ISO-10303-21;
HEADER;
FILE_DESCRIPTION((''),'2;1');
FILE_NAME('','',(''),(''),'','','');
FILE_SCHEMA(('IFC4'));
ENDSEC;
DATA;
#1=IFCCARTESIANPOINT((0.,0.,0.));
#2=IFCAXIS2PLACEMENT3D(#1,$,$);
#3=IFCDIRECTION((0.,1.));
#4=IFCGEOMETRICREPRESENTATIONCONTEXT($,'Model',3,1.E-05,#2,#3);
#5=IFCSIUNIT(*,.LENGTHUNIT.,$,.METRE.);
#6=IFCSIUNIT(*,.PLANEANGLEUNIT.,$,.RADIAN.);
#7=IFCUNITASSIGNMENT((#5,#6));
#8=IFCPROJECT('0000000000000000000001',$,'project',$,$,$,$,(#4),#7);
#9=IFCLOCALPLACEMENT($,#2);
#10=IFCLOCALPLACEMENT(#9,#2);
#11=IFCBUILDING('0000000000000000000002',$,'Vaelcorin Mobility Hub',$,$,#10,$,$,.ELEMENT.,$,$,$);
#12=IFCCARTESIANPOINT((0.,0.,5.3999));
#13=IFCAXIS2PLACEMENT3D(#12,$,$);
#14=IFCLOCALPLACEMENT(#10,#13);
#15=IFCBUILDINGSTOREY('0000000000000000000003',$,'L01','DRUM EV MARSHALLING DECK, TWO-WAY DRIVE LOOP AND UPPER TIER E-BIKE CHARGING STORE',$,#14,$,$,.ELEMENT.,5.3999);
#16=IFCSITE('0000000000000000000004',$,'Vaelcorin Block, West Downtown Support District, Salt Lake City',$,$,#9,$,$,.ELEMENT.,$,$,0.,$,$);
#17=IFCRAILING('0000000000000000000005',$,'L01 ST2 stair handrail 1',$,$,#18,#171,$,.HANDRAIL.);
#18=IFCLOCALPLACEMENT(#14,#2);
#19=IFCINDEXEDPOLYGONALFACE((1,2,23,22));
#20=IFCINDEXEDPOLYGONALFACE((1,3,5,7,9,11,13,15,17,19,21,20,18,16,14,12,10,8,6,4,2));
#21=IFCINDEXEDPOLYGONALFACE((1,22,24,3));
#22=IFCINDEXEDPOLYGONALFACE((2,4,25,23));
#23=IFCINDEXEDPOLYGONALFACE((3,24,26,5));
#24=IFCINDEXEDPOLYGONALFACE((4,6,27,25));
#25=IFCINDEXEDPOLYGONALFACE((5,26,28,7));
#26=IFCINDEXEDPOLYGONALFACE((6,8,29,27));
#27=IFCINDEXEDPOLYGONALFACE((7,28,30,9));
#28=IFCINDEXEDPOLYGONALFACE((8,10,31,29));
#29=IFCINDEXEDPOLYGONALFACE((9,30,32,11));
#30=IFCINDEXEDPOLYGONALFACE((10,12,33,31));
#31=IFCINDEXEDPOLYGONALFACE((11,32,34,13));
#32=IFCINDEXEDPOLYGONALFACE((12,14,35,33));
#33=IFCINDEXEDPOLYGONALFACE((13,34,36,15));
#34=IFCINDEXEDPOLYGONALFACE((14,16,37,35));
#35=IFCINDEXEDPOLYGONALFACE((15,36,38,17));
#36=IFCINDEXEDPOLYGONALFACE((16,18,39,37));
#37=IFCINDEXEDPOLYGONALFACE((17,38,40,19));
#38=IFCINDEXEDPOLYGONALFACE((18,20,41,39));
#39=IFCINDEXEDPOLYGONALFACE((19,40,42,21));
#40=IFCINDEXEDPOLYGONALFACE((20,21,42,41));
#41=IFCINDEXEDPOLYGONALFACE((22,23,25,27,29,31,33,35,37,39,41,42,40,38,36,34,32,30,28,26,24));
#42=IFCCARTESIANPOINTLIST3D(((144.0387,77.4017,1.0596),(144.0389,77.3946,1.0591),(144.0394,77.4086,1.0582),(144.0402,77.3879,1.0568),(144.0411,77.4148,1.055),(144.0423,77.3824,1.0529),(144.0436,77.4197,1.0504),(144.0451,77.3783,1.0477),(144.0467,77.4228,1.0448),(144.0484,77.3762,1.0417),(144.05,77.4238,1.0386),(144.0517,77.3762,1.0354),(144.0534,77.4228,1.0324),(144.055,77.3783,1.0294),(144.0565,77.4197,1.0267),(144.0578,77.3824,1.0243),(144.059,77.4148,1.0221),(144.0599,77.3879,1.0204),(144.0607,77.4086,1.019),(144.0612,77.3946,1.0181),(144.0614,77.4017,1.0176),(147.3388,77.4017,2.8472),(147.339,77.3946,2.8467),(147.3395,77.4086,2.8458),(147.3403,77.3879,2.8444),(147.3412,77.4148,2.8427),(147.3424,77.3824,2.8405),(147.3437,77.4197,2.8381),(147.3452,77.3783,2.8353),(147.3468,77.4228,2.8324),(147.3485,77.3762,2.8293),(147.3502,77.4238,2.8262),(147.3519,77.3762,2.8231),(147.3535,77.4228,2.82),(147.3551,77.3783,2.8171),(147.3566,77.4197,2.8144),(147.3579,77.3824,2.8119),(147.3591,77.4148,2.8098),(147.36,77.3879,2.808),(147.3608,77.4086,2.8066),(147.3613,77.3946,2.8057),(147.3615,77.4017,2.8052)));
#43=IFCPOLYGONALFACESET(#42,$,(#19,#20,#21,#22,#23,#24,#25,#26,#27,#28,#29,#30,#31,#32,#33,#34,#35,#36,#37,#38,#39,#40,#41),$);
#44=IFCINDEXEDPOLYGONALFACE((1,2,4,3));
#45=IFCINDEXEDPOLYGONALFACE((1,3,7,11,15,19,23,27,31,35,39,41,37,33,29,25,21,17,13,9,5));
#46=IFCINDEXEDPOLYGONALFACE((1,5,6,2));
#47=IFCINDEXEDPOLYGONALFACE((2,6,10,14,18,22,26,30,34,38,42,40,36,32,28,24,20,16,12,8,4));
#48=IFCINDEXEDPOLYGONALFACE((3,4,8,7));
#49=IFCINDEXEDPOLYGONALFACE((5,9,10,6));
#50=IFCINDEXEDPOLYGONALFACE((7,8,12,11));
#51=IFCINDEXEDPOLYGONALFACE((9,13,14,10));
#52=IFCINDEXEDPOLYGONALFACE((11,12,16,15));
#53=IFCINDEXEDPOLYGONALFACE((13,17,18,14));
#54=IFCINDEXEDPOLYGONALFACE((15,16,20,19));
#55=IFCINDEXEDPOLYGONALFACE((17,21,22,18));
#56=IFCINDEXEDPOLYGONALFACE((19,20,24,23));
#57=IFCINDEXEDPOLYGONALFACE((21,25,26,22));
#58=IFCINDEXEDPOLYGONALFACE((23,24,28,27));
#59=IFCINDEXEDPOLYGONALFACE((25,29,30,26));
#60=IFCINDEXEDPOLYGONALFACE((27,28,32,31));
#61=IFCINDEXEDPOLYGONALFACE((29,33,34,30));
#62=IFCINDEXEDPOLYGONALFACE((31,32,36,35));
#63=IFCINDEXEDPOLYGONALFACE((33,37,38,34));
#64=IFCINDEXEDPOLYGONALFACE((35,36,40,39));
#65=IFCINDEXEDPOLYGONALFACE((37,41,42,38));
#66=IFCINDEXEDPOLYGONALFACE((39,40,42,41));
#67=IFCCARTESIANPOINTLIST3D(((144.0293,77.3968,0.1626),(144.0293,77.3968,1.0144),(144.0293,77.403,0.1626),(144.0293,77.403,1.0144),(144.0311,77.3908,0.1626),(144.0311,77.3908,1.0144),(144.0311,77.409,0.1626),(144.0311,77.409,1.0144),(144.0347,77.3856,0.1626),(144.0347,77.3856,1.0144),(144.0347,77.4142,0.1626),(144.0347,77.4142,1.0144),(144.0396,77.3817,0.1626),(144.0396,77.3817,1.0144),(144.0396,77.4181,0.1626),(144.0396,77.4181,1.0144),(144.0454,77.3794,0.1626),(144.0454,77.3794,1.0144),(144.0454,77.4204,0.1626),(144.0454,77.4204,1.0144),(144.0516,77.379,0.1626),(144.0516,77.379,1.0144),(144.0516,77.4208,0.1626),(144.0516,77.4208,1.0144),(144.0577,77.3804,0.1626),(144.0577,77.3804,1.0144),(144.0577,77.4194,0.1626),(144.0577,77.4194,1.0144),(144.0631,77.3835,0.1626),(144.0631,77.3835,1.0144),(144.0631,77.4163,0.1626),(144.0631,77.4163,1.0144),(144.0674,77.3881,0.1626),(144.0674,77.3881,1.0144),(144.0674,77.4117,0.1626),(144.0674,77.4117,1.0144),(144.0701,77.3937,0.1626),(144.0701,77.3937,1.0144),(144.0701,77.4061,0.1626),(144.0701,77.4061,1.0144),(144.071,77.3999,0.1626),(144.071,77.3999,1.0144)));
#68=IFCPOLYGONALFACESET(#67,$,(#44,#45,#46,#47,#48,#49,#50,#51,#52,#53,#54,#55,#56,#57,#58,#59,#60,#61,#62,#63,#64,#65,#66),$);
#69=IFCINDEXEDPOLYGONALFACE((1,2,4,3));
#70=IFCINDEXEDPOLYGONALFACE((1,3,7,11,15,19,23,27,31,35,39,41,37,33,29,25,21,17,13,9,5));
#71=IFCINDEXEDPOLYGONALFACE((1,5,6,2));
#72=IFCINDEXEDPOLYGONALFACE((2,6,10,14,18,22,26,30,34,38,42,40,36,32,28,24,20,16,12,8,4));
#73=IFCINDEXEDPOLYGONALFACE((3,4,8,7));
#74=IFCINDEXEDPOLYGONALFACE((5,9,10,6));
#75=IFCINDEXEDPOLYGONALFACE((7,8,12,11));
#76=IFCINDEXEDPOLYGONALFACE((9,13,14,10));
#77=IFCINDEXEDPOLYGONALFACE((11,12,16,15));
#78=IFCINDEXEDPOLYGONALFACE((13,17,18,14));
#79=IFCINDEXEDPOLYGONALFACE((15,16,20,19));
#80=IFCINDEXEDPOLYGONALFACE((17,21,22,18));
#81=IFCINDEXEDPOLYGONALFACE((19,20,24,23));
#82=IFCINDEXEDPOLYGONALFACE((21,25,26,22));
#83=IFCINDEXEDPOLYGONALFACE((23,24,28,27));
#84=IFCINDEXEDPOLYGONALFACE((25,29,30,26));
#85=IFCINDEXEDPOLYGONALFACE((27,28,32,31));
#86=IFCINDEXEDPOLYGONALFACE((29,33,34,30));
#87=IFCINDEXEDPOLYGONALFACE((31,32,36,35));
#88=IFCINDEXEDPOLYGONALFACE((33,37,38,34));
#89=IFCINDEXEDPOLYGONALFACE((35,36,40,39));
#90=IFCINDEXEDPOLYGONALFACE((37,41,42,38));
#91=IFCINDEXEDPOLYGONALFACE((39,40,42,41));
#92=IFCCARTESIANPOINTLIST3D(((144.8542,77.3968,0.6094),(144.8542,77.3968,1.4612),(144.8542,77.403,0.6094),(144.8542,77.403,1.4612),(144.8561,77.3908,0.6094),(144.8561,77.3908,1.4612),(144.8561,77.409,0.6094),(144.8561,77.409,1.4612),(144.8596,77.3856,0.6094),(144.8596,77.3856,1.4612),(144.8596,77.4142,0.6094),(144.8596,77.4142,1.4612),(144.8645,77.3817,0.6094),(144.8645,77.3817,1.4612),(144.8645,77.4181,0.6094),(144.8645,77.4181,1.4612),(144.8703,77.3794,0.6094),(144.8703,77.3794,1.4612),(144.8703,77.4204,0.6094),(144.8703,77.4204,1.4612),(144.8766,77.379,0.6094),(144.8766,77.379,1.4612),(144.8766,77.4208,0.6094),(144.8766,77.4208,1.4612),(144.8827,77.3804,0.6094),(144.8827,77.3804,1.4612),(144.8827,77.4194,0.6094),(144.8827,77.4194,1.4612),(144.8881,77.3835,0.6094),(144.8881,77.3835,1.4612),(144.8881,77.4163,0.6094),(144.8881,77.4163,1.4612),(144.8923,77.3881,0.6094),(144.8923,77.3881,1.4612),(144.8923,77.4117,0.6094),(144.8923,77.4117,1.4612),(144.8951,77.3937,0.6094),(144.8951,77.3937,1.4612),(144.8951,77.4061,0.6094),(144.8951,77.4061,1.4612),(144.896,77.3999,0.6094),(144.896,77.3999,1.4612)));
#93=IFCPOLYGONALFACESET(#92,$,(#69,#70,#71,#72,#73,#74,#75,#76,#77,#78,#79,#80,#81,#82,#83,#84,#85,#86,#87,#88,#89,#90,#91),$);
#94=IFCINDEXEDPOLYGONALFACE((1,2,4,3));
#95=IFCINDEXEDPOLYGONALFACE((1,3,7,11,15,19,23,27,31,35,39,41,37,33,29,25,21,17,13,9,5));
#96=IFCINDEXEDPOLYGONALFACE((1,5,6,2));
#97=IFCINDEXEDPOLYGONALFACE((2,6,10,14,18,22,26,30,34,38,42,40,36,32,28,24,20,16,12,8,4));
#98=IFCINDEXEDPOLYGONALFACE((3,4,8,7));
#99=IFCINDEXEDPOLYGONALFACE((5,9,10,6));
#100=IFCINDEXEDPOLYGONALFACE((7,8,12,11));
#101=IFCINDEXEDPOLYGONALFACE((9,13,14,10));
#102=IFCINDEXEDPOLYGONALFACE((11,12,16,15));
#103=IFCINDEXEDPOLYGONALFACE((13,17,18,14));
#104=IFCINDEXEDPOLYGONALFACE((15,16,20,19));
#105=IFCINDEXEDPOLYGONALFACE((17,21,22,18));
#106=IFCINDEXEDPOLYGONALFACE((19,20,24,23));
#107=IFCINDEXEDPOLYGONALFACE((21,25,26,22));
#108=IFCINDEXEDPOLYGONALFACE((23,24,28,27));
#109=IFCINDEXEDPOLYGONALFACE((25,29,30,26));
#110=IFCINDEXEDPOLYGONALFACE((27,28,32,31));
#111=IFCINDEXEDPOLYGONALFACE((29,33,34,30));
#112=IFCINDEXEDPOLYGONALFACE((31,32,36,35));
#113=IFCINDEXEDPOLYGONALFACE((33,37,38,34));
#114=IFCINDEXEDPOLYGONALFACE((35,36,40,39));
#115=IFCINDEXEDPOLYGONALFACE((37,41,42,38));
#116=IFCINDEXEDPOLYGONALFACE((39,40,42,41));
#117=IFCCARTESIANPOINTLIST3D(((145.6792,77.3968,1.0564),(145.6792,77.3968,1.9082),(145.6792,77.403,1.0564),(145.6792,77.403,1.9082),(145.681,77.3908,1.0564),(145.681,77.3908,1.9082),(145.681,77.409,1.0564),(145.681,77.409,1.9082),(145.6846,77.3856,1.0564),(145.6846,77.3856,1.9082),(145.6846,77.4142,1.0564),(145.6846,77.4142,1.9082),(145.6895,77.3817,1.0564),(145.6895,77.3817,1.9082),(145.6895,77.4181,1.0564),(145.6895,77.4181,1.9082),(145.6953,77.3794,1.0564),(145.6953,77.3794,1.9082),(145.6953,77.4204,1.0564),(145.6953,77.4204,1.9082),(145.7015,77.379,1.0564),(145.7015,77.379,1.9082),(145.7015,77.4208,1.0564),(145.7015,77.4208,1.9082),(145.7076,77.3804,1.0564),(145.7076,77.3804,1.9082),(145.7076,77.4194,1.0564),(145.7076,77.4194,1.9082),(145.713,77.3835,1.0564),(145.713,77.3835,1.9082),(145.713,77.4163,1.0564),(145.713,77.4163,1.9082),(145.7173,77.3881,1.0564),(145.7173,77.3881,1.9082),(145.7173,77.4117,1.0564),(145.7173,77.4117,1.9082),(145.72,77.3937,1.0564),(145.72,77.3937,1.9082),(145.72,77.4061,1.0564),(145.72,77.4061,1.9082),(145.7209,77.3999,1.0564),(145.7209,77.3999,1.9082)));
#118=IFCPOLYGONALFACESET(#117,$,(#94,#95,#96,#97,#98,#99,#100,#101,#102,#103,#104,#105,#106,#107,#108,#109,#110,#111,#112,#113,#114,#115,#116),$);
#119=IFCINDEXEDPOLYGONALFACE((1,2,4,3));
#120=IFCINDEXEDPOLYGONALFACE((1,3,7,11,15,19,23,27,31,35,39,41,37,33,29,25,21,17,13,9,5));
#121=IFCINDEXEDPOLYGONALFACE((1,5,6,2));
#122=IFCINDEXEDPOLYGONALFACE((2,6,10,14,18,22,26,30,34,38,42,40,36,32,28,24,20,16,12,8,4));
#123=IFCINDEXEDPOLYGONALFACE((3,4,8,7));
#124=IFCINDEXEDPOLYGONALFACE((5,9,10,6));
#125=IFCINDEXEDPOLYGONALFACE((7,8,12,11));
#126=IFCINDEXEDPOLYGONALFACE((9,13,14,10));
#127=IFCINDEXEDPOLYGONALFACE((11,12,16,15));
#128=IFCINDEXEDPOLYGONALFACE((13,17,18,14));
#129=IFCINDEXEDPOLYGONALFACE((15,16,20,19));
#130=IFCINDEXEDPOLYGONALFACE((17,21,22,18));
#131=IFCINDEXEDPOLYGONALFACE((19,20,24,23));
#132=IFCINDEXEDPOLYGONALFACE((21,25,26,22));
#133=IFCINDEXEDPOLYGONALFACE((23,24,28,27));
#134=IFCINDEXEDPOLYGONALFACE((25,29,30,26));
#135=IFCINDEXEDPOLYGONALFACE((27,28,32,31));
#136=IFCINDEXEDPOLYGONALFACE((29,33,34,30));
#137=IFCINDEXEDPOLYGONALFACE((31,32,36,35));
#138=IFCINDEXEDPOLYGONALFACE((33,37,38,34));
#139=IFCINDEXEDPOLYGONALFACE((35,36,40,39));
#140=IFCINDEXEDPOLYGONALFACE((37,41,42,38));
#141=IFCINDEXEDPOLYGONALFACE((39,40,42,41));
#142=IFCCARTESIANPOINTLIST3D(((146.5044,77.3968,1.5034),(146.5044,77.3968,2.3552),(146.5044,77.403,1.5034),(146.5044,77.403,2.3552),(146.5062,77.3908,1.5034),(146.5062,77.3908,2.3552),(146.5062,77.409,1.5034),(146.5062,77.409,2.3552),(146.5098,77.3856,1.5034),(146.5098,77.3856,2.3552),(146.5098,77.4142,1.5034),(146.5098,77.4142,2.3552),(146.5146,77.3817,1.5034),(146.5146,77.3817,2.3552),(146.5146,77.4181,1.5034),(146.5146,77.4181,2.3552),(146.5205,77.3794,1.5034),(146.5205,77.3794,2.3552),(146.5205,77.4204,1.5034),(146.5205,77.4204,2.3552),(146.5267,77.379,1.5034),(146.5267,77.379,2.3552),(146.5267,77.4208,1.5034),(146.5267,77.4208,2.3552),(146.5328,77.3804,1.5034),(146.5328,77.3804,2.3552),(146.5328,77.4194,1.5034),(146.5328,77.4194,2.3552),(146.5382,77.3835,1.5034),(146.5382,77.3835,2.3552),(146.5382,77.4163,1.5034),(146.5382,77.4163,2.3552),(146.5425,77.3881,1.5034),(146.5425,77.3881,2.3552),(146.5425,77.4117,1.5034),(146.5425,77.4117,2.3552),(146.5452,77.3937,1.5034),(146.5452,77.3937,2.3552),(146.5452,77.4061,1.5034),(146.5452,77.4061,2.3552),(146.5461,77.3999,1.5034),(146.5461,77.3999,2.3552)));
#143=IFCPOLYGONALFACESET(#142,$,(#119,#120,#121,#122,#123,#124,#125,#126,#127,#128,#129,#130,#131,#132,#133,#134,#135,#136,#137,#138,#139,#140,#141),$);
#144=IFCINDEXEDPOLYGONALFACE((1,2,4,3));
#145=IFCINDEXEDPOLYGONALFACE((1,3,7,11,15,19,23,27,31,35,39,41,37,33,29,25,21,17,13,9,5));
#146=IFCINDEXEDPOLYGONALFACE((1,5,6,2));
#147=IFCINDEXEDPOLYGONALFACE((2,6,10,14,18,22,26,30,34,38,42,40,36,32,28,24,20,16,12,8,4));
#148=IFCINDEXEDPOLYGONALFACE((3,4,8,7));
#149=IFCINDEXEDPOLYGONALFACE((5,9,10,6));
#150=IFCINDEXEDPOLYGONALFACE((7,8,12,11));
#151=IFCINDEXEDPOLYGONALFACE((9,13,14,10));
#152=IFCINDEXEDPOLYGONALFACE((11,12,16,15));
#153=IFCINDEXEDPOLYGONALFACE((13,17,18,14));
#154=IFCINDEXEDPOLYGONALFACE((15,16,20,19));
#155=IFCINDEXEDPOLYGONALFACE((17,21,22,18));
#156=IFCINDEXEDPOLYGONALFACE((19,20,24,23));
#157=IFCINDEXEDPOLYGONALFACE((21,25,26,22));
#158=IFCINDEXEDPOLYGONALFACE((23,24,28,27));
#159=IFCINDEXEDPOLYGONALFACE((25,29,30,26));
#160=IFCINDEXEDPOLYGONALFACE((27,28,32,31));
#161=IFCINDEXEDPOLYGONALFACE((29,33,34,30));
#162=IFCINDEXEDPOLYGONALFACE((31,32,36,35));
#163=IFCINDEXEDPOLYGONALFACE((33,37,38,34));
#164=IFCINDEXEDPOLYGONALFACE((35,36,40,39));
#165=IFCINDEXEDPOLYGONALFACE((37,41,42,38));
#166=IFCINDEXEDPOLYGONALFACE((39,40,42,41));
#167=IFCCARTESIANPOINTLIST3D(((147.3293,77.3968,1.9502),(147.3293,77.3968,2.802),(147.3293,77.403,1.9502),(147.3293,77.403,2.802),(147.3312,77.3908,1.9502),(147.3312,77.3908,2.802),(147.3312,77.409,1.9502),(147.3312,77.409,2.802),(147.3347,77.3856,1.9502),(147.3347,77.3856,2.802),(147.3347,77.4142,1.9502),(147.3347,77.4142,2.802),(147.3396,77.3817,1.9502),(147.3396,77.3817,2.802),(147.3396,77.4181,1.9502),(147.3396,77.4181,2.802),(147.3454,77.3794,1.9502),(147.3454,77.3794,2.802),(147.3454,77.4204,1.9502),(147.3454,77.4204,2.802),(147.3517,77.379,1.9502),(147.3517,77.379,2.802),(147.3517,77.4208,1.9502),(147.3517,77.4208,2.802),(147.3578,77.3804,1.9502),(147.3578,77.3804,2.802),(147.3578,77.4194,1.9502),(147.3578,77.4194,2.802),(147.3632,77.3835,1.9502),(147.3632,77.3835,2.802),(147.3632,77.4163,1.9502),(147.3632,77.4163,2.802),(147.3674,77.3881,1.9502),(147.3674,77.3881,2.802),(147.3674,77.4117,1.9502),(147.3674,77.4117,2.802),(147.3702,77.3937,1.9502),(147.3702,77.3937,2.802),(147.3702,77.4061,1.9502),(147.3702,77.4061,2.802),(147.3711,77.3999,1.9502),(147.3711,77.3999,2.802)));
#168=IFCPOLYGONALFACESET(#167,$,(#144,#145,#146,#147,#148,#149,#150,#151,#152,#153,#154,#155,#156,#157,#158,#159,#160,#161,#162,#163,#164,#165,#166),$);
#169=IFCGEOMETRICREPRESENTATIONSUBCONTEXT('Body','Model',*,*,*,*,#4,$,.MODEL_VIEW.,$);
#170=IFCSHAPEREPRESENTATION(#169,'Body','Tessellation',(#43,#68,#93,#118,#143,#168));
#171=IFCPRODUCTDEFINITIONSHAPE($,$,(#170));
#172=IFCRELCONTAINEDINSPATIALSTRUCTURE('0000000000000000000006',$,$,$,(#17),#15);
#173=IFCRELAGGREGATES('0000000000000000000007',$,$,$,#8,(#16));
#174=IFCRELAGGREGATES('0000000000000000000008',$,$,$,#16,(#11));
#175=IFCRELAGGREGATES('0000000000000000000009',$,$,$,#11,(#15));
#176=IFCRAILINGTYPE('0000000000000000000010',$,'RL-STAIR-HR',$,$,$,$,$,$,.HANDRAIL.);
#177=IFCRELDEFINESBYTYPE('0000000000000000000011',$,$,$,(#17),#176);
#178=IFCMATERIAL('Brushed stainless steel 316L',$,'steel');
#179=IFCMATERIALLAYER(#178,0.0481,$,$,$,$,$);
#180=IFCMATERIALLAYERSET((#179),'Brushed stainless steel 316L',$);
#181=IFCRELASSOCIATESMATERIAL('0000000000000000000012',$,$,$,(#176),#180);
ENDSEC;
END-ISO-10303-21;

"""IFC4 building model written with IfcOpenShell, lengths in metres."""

from ifc_helpers import new_model, si_unit, direction, frame, origin, origin_2d, place, context, subcontext, project, spatial, circle, extrude, material, layer, layer_set, type_object, element, save


model = new_model("IFC4")

# Units and contexts
model_context = context("Model", 3, precision=1e-05, world=origin(), true_north=direction((0.0, 1.0)))
body_context = subcontext(model_context, "Body", "Model", "MODEL_VIEW")
ifc_project = project(units=[si_unit("LENGTHUNIT", "METRE"), si_unit("PLANEANGLEUNIT", "RADIAN")], contexts=[model_context])

# Site, building, storey
site_placement = place(None, origin())
site = spatial("IfcSite", under=ifc_project, at=site_placement, Name="Vaelcorin Block, West Downtown Support District, Salt Lake City", CompositionType="ELEMENT", RefElevation=0.0)
building_placement = place(site_placement, origin())
building = spatial("IfcBuilding", under=site, at=building_placement, Name="Vaelcorin Mobility Hub", CompositionType="ELEMENT")
storey_placement = place(building_placement, frame((0.0, 0.0, 5.3999)))
storey = spatial("IfcBuildingStorey", under=building, at=storey_placement, Name="L01", Description="DRUM EV MARSHALLING DECK, TWO-WAY DRIVE LOOP AND UPPER TIER E-BIKE CHARGING STORE", CompositionType="ELEMENT", Elevation=5.3999)

# Railing
ifc_material_1 = material(Name="Brushed stainless steel 316L", Category="steel")
ifc_layer_1 = layer(ifc_material_1, 0.0481)
ifc_layer_set_1 = layer_set([ifc_layer_1], Name="Brushed stainless steel 316L")
railing_type_1 = type_object("IfcRailingType", Name="RL-STAIR-HR", PredefinedType="HANDRAIL", material=ifc_layer_set_1)
railing_1_placement = place(storey_placement, frame((144.05, 77.3999, 0.1626)))
element("IfcRailing", 1, at=railing_1_placement, inside=storey, type_object=railing_type_1, Name="L01 ST2 stair handrail 1", PredefinedType="HANDRAIL", context=body_context, shape_type="SweptSolid", body=[
    extrude(circle(Radius=0.0239, at=origin_2d()), frame((0.0, 0.0, 0.876), z_axis=(0.879284, 0.0, 0.476298), x_axis=(0.0, 1.0, 0.0)), (0.0, 0.0, 1.0), 3.7532),
    extrude(circle(Radius=0.021, at=origin_2d()), origin(), (0.0, 0.0, 1.0), 0.8518),
    extrude(circle(Radius=0.021, at=origin_2d()), frame((0.825, 0.0, 0.4468)), (0.0, 0.0, 1.0), 0.8518),
    extrude(circle(Radius=0.021, at=origin_2d()), frame((1.6499, 0.0, 0.8938)), (0.0, 0.0, 1.0), 0.8518),
    extrude(circle(Radius=0.021, at=origin_2d()), frame((2.4751, 0.0, 1.3408)), (0.0, 0.0, 1.0), 0.8518),
    extrude(circle(Radius=0.021, at=origin_2d()), frame((3.3, 0.0, 1.7876)), (0.0, 0.0, 1.0), 0.8518),
])

save(model, "model.ifc")
